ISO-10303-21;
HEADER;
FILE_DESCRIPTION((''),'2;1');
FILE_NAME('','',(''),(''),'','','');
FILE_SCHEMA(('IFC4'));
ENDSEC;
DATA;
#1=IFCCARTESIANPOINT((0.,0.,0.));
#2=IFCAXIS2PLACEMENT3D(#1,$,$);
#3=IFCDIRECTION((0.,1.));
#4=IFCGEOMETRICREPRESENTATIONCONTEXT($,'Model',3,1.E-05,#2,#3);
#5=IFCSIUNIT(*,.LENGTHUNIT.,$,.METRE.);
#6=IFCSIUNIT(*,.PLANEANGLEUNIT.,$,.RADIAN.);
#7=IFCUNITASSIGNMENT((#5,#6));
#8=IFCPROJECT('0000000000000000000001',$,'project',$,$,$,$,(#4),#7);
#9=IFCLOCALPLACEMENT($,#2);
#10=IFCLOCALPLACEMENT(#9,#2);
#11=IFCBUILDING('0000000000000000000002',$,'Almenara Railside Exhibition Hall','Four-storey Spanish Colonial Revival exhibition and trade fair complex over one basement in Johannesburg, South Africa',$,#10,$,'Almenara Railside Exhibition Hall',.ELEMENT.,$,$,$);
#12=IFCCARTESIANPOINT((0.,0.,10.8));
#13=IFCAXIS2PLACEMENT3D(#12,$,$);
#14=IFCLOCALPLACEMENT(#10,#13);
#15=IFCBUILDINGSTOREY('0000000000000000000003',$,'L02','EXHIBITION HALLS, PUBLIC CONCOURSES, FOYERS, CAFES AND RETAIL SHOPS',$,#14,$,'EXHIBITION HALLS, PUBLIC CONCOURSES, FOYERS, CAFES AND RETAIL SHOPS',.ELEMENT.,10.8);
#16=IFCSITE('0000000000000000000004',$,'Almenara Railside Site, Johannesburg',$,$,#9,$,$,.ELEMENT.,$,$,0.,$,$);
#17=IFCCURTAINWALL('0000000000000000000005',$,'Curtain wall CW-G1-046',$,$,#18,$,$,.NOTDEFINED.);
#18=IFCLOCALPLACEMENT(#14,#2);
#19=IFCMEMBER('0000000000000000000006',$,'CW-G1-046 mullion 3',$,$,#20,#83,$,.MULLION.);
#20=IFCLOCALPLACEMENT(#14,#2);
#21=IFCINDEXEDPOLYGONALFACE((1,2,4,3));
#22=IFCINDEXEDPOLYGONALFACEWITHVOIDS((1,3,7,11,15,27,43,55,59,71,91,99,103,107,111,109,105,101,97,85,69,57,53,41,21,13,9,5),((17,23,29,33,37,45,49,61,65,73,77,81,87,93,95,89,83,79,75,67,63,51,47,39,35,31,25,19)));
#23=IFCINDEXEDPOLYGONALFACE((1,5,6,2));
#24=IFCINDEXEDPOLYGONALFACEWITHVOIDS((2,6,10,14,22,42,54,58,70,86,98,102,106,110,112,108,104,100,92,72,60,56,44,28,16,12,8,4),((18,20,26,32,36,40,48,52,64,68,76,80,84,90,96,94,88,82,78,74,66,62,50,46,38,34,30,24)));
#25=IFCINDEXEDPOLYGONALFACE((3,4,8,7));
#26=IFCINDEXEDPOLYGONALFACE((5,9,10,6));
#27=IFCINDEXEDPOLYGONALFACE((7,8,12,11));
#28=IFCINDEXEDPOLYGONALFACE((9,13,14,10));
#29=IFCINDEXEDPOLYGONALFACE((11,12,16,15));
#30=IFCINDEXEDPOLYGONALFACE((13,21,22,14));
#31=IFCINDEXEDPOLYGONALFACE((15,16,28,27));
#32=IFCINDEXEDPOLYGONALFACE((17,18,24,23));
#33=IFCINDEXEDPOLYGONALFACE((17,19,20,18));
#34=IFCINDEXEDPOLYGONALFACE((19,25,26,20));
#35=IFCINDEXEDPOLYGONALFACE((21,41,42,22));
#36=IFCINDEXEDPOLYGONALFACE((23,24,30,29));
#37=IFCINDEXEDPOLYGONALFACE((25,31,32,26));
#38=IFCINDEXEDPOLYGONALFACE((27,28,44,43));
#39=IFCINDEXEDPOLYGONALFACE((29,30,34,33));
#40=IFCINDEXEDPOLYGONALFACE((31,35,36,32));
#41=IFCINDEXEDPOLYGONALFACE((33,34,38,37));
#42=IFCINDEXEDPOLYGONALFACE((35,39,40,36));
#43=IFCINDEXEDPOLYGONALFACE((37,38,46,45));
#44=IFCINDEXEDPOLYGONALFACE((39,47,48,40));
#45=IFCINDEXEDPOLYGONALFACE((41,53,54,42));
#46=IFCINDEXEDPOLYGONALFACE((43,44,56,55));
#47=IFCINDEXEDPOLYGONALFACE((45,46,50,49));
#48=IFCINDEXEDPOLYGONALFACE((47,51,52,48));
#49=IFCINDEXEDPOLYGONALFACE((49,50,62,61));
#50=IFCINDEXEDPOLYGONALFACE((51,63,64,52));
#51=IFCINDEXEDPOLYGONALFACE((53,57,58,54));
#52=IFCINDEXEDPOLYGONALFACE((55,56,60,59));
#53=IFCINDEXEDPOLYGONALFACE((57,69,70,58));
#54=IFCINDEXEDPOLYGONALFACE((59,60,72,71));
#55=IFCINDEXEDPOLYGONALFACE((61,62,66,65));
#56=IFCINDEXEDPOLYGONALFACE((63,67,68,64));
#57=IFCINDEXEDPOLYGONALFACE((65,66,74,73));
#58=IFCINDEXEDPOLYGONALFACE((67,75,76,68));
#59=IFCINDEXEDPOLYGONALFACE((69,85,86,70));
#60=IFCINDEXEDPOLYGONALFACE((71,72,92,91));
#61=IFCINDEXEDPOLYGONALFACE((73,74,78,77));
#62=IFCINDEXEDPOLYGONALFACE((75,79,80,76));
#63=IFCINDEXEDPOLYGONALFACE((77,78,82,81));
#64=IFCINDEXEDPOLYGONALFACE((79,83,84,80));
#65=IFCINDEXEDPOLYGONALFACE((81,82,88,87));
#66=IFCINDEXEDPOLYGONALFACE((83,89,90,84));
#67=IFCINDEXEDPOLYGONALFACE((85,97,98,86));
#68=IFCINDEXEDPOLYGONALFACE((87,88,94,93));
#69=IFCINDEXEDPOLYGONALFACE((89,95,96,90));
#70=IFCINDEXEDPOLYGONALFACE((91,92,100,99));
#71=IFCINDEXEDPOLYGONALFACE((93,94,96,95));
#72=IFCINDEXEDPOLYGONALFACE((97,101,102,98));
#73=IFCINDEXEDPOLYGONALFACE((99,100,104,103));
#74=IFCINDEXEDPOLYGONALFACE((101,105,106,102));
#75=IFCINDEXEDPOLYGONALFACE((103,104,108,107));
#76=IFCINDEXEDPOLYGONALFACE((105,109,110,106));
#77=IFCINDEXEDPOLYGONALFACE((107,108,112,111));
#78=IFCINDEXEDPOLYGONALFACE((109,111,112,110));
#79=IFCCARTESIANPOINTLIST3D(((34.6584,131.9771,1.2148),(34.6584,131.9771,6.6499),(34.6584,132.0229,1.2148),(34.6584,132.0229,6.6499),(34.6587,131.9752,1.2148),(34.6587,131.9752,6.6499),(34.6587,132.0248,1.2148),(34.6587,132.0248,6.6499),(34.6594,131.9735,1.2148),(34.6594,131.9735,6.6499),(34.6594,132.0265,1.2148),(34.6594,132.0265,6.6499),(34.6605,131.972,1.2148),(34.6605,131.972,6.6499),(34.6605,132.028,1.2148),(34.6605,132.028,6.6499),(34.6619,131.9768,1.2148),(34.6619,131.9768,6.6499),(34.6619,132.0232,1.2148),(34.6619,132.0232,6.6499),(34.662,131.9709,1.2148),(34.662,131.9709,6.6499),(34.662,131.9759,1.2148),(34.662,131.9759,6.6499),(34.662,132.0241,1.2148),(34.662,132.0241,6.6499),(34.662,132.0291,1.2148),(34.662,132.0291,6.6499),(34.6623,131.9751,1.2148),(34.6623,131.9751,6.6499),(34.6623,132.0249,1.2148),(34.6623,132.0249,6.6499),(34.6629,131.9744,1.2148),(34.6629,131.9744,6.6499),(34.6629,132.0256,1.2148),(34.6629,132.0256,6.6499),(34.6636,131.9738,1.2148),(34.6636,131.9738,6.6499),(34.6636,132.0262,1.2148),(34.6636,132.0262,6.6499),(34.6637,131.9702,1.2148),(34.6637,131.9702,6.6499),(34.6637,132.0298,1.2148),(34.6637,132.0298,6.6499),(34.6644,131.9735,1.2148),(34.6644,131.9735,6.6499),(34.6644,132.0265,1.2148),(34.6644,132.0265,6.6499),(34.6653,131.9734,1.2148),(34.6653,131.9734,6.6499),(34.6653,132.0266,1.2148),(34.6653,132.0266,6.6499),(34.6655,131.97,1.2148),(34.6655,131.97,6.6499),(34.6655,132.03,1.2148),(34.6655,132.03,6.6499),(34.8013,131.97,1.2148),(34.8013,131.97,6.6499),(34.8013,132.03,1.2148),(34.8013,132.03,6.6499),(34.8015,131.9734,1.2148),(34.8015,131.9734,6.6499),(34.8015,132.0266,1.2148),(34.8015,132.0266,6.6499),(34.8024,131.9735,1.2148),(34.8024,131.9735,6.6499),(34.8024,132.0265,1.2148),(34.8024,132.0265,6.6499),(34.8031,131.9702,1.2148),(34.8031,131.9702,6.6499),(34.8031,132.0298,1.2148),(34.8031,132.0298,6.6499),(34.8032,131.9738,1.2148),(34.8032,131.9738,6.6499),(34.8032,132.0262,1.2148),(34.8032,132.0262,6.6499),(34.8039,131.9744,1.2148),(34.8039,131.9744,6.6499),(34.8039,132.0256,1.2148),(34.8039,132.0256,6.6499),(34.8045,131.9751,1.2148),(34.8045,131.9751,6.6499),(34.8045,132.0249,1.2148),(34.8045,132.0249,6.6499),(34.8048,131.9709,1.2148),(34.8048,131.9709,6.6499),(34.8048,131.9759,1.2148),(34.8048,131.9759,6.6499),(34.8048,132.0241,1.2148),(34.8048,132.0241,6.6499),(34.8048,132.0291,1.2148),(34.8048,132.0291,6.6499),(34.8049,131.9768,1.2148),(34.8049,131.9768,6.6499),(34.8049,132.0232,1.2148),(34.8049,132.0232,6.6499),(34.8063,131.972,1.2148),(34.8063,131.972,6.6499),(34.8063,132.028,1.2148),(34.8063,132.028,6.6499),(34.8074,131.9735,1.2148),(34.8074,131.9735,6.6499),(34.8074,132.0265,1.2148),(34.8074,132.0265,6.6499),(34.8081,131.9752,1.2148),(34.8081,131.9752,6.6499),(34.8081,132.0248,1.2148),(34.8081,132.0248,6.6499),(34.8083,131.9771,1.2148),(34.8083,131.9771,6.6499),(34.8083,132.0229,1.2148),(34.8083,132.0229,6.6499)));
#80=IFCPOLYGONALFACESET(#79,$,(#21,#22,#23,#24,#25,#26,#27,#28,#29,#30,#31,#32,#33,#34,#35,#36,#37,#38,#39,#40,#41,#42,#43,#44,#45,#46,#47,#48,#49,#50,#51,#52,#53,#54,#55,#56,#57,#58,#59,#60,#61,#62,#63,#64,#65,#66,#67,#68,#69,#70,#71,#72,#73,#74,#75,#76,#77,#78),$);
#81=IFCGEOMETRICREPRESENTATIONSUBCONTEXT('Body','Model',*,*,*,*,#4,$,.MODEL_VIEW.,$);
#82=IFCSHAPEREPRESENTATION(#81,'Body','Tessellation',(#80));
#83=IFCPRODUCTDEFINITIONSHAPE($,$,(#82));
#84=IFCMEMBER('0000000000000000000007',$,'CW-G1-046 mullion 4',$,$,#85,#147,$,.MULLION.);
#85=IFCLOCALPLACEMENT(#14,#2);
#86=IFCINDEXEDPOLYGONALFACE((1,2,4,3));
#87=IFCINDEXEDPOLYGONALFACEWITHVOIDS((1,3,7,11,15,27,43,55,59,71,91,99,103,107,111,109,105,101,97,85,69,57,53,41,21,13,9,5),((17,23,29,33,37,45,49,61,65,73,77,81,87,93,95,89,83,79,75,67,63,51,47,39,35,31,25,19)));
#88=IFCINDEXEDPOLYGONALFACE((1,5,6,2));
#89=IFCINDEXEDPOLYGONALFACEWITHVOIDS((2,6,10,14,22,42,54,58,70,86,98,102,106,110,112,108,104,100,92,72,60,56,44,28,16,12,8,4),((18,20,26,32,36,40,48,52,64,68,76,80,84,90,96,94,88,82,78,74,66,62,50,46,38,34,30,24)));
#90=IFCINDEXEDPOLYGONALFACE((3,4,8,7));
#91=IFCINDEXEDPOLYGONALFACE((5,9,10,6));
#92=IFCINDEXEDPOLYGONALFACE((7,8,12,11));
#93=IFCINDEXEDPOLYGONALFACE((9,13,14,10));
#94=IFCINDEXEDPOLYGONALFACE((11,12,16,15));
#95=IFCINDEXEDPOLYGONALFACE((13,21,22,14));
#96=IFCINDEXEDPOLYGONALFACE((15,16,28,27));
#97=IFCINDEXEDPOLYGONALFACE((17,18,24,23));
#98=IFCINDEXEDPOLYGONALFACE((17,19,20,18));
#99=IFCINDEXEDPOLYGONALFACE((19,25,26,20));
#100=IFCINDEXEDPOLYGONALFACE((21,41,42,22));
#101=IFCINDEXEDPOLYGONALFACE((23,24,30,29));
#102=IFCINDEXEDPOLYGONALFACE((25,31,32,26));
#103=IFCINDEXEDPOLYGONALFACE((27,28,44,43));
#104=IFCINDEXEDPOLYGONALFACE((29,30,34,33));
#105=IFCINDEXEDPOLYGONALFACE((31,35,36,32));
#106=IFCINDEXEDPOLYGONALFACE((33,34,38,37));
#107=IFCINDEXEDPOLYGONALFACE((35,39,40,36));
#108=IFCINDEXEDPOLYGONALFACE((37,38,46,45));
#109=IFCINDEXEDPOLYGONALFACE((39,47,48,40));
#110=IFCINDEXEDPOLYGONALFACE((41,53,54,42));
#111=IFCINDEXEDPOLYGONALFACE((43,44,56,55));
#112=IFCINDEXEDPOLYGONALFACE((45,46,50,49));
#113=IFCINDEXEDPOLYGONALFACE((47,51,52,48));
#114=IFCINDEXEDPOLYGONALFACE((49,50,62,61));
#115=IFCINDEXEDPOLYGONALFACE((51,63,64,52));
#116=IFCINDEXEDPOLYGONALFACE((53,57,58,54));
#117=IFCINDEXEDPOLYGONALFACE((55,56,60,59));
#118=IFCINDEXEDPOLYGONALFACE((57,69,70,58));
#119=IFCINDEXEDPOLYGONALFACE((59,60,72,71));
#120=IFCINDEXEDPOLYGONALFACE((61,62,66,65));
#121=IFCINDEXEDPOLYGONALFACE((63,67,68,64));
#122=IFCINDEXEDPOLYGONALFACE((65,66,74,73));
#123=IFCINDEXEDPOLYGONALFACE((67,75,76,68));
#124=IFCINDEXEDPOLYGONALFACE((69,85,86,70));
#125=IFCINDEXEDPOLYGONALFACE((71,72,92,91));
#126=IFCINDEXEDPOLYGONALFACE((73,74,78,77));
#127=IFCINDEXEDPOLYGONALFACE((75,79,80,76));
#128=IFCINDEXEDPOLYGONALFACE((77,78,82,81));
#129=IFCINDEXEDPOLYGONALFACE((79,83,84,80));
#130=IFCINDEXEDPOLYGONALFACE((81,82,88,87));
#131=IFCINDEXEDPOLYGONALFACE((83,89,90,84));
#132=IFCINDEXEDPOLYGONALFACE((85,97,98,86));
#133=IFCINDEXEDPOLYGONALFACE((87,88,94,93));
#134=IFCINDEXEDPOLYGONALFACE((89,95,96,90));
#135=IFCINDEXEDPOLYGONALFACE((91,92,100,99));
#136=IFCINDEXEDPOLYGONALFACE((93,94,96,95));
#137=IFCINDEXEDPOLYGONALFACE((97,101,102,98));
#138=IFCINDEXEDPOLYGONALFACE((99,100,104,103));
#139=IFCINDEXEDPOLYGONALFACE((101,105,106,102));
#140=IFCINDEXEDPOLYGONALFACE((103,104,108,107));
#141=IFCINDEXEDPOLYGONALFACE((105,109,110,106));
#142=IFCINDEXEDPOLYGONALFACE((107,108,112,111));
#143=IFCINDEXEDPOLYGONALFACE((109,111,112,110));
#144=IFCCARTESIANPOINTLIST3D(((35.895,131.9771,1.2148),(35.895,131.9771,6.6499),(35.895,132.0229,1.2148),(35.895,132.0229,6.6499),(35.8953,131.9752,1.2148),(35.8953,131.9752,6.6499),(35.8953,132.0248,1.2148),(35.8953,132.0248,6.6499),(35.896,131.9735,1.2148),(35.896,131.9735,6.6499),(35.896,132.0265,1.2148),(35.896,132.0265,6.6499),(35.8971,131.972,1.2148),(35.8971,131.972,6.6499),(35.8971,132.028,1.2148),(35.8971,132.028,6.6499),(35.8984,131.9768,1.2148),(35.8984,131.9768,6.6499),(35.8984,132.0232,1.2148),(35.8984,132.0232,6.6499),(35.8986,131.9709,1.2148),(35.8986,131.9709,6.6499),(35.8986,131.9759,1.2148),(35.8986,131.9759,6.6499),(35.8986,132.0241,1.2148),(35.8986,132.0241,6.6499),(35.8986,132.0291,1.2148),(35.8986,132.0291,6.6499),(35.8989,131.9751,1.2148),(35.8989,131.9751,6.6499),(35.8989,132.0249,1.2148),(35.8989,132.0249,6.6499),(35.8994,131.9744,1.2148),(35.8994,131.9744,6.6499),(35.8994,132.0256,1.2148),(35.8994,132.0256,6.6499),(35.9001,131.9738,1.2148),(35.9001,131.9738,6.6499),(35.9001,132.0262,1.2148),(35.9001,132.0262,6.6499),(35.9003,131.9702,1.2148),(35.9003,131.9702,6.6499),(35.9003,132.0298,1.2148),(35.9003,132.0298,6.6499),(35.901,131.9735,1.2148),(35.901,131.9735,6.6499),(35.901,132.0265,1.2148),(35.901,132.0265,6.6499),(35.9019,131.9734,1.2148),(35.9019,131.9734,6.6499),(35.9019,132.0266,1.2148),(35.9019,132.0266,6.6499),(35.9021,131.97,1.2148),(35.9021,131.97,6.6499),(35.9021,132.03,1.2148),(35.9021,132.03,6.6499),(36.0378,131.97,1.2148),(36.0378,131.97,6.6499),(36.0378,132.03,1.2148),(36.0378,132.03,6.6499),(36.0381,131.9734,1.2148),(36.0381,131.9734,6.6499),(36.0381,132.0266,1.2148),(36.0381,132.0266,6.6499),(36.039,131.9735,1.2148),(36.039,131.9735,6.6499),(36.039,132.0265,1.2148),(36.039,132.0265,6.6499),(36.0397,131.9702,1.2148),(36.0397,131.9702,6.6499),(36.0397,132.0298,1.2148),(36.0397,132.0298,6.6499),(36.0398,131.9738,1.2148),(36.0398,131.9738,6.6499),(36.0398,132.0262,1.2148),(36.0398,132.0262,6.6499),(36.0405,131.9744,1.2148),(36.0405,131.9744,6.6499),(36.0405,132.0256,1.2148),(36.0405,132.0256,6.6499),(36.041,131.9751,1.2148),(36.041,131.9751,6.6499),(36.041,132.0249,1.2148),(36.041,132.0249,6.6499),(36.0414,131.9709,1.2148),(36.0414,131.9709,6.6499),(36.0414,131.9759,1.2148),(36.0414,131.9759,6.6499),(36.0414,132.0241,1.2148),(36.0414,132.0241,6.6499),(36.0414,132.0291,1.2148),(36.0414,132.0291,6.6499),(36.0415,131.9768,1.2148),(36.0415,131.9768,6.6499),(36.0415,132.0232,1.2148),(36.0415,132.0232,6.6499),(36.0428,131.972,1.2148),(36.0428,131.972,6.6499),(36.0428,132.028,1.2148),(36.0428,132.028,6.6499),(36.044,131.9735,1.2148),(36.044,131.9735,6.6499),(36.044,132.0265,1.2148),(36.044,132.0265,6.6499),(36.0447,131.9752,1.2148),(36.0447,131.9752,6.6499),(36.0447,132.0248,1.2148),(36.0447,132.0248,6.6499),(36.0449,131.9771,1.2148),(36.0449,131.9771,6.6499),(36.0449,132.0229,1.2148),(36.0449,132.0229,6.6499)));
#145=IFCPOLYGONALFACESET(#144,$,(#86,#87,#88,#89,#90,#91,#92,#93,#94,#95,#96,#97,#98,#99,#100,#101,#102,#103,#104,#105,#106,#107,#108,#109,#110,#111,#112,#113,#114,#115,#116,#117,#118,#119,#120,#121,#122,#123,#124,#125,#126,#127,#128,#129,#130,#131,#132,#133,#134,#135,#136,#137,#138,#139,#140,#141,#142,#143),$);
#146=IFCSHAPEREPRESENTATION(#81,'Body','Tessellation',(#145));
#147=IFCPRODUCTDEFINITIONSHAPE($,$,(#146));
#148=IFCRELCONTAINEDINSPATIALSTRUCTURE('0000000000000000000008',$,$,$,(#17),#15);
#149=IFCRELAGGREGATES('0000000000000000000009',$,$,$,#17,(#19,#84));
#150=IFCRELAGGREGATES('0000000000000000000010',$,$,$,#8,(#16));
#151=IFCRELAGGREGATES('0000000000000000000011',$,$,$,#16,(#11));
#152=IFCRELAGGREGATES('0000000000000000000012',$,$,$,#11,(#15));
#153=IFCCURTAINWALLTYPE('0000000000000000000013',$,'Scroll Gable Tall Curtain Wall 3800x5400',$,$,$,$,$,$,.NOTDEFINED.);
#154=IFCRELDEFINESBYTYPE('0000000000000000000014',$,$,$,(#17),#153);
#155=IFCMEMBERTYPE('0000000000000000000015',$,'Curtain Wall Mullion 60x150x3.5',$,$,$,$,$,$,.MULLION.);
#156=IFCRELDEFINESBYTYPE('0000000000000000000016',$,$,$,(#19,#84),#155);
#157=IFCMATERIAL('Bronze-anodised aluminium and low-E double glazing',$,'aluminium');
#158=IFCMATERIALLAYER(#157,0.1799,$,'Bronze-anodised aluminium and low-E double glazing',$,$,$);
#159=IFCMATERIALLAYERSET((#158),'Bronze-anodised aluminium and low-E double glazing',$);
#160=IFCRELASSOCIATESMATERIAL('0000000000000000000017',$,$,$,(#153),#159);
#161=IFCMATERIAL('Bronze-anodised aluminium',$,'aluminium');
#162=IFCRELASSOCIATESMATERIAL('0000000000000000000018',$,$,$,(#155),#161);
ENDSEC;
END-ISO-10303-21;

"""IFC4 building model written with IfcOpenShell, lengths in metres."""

from ifc_helpers import new_model, si_unit, direction, frame, origin, origin_2d, place, context, subcontext, project, spatial, hollow_rectangle, extrude, material, layer, layer_set, material_profile, profile_set, type_object, element, aggregate, save


model = new_model("IFC4")

# Units and contexts
model_context = context("Model", 3, precision=1e-05, world=origin(), true_north=direction((0.0, 1.0)))
body_context = subcontext(model_context, "Body", "Model", "MODEL_VIEW")
ifc_project = project(units=[si_unit("LENGTHUNIT", "METRE"), si_unit("PLANEANGLEUNIT", "RADIAN")], contexts=[model_context])

# Site, building, storey
site_placement = place(None, origin())
site = spatial("IfcSite", under=ifc_project, at=site_placement, Name="Almenara Railside Site, Johannesburg", CompositionType="ELEMENT", RefElevation=0.0)
building_placement = place(site_placement, origin())
building = spatial("IfcBuilding", under=site, at=building_placement, Name="Almenara Railside Exhibition Hall", Description="Four-storey Spanish Colonial Revival exhibition and trade fair complex over one basement in Johannesburg, South Africa", LongName="Almenara Railside Exhibition Hall", CompositionType="ELEMENT")
storey_placement = place(building_placement, frame((0.0, 0.0, 10.8)))
storey = spatial("IfcBuildingStorey", under=building, at=storey_placement, Name="L02", Description="EXHIBITION HALLS, PUBLIC CONCOURSES, FOYERS, CAFES AND RETAIL SHOPS", LongName="EXHIBITION HALLS, PUBLIC CONCOURSES, FOYERS, CAFES AND RETAIL SHOPS", CompositionType="ELEMENT", Elevation=10.8)

# Curtain wall, members
ifc_material_1 = material(Name="Bronze-anodised aluminium and low-E double glazing", Category="aluminium")
ifc_layer_1 = layer(ifc_material_1, 0.1799, Name="Bronze-anodised aluminium and low-E double glazing")
ifc_layer_set_1 = layer_set([ifc_layer_1], Name="Bronze-anodised aluminium and low-E double glazing")
curtain_wall_type_1 = type_object("IfcCurtainWallType", Name="Scroll Gable Tall Curtain Wall 3800x5400", PredefinedType="NOTDEFINED", material=ifc_layer_set_1)
ifc_material_2 = material(Name="Bronze-anodised aluminium", Category="aluminium")
curtain_wall_1_placement = place(storey_placement, origin())
curtain_wall_1 = element("IfcCurtainWall", 1, at=curtain_wall_1_placement, inside=storey, type_object=curtain_wall_type_1, Name="Curtain wall CW-G1-046", PredefinedType="NOTDEFINED")
ifc_material_profile_1 = material_profile(ifc_material_2, hollow_rectangle(XDim=0.0601, YDim=0.1499, WallThickness=0.0034, InnerFilletRadius=0.0034, OuterFilletRadius=0.0071, at=origin_2d()), Name="ALU-MUL 60x150x3.5")
ifc_profile_set_1 = profile_set([ifc_material_profile_1], Name="Bronze-anodised aluminium")
member_type_1 = type_object("IfcMemberType", Name="Curtain Wall Mullion 60x150x3.5", PredefinedType="MULLION", material=ifc_profile_set_1)
member_1_placement = place(storey_placement, frame((34.7334, 132.0, 1.2148), z_axis=(0.0, 0.0, 1.0), x_axis=(0.0, 1.0, 0.0)))
member_1 = element("IfcMember", 2, at=member_1_placement, type_object=member_type_1, Name="CW-G1-046 mullion 3", PredefinedType="MULLION", context=body_context, shape_type="SweptSolid", body=[
    extrude(hollow_rectangle(XDim=0.0601, YDim=0.1499, WallThickness=0.0034, InnerFilletRadius=0.0034, OuterFilletRadius=0.0071, at=origin_2d()), origin(), (0.0, 0.0, 1.0), 5.4351),
])
member_2_placement = place(storey_placement, frame((35.97, 132.0, 1.2148), z_axis=(0.0, 0.0, 1.0), x_axis=(0.0, 1.0, 0.0)))
member_2 = element("IfcMember", 3, at=member_2_placement, type_object=member_type_1, Name="CW-G1-046 mullion 4", PredefinedType="MULLION", context=body_context, shape_type="SweptSolid", body=[
    extrude(hollow_rectangle(XDim=0.0601, YDim=0.1499, WallThickness=0.0034, InnerFilletRadius=0.0034, OuterFilletRadius=0.0071, at=origin_2d()), origin(), (0.0, 0.0, 1.0), 5.4351),
])

aggregate(curtain_wall_1, [member_1, member_2])

save(model, "model.ifc")
